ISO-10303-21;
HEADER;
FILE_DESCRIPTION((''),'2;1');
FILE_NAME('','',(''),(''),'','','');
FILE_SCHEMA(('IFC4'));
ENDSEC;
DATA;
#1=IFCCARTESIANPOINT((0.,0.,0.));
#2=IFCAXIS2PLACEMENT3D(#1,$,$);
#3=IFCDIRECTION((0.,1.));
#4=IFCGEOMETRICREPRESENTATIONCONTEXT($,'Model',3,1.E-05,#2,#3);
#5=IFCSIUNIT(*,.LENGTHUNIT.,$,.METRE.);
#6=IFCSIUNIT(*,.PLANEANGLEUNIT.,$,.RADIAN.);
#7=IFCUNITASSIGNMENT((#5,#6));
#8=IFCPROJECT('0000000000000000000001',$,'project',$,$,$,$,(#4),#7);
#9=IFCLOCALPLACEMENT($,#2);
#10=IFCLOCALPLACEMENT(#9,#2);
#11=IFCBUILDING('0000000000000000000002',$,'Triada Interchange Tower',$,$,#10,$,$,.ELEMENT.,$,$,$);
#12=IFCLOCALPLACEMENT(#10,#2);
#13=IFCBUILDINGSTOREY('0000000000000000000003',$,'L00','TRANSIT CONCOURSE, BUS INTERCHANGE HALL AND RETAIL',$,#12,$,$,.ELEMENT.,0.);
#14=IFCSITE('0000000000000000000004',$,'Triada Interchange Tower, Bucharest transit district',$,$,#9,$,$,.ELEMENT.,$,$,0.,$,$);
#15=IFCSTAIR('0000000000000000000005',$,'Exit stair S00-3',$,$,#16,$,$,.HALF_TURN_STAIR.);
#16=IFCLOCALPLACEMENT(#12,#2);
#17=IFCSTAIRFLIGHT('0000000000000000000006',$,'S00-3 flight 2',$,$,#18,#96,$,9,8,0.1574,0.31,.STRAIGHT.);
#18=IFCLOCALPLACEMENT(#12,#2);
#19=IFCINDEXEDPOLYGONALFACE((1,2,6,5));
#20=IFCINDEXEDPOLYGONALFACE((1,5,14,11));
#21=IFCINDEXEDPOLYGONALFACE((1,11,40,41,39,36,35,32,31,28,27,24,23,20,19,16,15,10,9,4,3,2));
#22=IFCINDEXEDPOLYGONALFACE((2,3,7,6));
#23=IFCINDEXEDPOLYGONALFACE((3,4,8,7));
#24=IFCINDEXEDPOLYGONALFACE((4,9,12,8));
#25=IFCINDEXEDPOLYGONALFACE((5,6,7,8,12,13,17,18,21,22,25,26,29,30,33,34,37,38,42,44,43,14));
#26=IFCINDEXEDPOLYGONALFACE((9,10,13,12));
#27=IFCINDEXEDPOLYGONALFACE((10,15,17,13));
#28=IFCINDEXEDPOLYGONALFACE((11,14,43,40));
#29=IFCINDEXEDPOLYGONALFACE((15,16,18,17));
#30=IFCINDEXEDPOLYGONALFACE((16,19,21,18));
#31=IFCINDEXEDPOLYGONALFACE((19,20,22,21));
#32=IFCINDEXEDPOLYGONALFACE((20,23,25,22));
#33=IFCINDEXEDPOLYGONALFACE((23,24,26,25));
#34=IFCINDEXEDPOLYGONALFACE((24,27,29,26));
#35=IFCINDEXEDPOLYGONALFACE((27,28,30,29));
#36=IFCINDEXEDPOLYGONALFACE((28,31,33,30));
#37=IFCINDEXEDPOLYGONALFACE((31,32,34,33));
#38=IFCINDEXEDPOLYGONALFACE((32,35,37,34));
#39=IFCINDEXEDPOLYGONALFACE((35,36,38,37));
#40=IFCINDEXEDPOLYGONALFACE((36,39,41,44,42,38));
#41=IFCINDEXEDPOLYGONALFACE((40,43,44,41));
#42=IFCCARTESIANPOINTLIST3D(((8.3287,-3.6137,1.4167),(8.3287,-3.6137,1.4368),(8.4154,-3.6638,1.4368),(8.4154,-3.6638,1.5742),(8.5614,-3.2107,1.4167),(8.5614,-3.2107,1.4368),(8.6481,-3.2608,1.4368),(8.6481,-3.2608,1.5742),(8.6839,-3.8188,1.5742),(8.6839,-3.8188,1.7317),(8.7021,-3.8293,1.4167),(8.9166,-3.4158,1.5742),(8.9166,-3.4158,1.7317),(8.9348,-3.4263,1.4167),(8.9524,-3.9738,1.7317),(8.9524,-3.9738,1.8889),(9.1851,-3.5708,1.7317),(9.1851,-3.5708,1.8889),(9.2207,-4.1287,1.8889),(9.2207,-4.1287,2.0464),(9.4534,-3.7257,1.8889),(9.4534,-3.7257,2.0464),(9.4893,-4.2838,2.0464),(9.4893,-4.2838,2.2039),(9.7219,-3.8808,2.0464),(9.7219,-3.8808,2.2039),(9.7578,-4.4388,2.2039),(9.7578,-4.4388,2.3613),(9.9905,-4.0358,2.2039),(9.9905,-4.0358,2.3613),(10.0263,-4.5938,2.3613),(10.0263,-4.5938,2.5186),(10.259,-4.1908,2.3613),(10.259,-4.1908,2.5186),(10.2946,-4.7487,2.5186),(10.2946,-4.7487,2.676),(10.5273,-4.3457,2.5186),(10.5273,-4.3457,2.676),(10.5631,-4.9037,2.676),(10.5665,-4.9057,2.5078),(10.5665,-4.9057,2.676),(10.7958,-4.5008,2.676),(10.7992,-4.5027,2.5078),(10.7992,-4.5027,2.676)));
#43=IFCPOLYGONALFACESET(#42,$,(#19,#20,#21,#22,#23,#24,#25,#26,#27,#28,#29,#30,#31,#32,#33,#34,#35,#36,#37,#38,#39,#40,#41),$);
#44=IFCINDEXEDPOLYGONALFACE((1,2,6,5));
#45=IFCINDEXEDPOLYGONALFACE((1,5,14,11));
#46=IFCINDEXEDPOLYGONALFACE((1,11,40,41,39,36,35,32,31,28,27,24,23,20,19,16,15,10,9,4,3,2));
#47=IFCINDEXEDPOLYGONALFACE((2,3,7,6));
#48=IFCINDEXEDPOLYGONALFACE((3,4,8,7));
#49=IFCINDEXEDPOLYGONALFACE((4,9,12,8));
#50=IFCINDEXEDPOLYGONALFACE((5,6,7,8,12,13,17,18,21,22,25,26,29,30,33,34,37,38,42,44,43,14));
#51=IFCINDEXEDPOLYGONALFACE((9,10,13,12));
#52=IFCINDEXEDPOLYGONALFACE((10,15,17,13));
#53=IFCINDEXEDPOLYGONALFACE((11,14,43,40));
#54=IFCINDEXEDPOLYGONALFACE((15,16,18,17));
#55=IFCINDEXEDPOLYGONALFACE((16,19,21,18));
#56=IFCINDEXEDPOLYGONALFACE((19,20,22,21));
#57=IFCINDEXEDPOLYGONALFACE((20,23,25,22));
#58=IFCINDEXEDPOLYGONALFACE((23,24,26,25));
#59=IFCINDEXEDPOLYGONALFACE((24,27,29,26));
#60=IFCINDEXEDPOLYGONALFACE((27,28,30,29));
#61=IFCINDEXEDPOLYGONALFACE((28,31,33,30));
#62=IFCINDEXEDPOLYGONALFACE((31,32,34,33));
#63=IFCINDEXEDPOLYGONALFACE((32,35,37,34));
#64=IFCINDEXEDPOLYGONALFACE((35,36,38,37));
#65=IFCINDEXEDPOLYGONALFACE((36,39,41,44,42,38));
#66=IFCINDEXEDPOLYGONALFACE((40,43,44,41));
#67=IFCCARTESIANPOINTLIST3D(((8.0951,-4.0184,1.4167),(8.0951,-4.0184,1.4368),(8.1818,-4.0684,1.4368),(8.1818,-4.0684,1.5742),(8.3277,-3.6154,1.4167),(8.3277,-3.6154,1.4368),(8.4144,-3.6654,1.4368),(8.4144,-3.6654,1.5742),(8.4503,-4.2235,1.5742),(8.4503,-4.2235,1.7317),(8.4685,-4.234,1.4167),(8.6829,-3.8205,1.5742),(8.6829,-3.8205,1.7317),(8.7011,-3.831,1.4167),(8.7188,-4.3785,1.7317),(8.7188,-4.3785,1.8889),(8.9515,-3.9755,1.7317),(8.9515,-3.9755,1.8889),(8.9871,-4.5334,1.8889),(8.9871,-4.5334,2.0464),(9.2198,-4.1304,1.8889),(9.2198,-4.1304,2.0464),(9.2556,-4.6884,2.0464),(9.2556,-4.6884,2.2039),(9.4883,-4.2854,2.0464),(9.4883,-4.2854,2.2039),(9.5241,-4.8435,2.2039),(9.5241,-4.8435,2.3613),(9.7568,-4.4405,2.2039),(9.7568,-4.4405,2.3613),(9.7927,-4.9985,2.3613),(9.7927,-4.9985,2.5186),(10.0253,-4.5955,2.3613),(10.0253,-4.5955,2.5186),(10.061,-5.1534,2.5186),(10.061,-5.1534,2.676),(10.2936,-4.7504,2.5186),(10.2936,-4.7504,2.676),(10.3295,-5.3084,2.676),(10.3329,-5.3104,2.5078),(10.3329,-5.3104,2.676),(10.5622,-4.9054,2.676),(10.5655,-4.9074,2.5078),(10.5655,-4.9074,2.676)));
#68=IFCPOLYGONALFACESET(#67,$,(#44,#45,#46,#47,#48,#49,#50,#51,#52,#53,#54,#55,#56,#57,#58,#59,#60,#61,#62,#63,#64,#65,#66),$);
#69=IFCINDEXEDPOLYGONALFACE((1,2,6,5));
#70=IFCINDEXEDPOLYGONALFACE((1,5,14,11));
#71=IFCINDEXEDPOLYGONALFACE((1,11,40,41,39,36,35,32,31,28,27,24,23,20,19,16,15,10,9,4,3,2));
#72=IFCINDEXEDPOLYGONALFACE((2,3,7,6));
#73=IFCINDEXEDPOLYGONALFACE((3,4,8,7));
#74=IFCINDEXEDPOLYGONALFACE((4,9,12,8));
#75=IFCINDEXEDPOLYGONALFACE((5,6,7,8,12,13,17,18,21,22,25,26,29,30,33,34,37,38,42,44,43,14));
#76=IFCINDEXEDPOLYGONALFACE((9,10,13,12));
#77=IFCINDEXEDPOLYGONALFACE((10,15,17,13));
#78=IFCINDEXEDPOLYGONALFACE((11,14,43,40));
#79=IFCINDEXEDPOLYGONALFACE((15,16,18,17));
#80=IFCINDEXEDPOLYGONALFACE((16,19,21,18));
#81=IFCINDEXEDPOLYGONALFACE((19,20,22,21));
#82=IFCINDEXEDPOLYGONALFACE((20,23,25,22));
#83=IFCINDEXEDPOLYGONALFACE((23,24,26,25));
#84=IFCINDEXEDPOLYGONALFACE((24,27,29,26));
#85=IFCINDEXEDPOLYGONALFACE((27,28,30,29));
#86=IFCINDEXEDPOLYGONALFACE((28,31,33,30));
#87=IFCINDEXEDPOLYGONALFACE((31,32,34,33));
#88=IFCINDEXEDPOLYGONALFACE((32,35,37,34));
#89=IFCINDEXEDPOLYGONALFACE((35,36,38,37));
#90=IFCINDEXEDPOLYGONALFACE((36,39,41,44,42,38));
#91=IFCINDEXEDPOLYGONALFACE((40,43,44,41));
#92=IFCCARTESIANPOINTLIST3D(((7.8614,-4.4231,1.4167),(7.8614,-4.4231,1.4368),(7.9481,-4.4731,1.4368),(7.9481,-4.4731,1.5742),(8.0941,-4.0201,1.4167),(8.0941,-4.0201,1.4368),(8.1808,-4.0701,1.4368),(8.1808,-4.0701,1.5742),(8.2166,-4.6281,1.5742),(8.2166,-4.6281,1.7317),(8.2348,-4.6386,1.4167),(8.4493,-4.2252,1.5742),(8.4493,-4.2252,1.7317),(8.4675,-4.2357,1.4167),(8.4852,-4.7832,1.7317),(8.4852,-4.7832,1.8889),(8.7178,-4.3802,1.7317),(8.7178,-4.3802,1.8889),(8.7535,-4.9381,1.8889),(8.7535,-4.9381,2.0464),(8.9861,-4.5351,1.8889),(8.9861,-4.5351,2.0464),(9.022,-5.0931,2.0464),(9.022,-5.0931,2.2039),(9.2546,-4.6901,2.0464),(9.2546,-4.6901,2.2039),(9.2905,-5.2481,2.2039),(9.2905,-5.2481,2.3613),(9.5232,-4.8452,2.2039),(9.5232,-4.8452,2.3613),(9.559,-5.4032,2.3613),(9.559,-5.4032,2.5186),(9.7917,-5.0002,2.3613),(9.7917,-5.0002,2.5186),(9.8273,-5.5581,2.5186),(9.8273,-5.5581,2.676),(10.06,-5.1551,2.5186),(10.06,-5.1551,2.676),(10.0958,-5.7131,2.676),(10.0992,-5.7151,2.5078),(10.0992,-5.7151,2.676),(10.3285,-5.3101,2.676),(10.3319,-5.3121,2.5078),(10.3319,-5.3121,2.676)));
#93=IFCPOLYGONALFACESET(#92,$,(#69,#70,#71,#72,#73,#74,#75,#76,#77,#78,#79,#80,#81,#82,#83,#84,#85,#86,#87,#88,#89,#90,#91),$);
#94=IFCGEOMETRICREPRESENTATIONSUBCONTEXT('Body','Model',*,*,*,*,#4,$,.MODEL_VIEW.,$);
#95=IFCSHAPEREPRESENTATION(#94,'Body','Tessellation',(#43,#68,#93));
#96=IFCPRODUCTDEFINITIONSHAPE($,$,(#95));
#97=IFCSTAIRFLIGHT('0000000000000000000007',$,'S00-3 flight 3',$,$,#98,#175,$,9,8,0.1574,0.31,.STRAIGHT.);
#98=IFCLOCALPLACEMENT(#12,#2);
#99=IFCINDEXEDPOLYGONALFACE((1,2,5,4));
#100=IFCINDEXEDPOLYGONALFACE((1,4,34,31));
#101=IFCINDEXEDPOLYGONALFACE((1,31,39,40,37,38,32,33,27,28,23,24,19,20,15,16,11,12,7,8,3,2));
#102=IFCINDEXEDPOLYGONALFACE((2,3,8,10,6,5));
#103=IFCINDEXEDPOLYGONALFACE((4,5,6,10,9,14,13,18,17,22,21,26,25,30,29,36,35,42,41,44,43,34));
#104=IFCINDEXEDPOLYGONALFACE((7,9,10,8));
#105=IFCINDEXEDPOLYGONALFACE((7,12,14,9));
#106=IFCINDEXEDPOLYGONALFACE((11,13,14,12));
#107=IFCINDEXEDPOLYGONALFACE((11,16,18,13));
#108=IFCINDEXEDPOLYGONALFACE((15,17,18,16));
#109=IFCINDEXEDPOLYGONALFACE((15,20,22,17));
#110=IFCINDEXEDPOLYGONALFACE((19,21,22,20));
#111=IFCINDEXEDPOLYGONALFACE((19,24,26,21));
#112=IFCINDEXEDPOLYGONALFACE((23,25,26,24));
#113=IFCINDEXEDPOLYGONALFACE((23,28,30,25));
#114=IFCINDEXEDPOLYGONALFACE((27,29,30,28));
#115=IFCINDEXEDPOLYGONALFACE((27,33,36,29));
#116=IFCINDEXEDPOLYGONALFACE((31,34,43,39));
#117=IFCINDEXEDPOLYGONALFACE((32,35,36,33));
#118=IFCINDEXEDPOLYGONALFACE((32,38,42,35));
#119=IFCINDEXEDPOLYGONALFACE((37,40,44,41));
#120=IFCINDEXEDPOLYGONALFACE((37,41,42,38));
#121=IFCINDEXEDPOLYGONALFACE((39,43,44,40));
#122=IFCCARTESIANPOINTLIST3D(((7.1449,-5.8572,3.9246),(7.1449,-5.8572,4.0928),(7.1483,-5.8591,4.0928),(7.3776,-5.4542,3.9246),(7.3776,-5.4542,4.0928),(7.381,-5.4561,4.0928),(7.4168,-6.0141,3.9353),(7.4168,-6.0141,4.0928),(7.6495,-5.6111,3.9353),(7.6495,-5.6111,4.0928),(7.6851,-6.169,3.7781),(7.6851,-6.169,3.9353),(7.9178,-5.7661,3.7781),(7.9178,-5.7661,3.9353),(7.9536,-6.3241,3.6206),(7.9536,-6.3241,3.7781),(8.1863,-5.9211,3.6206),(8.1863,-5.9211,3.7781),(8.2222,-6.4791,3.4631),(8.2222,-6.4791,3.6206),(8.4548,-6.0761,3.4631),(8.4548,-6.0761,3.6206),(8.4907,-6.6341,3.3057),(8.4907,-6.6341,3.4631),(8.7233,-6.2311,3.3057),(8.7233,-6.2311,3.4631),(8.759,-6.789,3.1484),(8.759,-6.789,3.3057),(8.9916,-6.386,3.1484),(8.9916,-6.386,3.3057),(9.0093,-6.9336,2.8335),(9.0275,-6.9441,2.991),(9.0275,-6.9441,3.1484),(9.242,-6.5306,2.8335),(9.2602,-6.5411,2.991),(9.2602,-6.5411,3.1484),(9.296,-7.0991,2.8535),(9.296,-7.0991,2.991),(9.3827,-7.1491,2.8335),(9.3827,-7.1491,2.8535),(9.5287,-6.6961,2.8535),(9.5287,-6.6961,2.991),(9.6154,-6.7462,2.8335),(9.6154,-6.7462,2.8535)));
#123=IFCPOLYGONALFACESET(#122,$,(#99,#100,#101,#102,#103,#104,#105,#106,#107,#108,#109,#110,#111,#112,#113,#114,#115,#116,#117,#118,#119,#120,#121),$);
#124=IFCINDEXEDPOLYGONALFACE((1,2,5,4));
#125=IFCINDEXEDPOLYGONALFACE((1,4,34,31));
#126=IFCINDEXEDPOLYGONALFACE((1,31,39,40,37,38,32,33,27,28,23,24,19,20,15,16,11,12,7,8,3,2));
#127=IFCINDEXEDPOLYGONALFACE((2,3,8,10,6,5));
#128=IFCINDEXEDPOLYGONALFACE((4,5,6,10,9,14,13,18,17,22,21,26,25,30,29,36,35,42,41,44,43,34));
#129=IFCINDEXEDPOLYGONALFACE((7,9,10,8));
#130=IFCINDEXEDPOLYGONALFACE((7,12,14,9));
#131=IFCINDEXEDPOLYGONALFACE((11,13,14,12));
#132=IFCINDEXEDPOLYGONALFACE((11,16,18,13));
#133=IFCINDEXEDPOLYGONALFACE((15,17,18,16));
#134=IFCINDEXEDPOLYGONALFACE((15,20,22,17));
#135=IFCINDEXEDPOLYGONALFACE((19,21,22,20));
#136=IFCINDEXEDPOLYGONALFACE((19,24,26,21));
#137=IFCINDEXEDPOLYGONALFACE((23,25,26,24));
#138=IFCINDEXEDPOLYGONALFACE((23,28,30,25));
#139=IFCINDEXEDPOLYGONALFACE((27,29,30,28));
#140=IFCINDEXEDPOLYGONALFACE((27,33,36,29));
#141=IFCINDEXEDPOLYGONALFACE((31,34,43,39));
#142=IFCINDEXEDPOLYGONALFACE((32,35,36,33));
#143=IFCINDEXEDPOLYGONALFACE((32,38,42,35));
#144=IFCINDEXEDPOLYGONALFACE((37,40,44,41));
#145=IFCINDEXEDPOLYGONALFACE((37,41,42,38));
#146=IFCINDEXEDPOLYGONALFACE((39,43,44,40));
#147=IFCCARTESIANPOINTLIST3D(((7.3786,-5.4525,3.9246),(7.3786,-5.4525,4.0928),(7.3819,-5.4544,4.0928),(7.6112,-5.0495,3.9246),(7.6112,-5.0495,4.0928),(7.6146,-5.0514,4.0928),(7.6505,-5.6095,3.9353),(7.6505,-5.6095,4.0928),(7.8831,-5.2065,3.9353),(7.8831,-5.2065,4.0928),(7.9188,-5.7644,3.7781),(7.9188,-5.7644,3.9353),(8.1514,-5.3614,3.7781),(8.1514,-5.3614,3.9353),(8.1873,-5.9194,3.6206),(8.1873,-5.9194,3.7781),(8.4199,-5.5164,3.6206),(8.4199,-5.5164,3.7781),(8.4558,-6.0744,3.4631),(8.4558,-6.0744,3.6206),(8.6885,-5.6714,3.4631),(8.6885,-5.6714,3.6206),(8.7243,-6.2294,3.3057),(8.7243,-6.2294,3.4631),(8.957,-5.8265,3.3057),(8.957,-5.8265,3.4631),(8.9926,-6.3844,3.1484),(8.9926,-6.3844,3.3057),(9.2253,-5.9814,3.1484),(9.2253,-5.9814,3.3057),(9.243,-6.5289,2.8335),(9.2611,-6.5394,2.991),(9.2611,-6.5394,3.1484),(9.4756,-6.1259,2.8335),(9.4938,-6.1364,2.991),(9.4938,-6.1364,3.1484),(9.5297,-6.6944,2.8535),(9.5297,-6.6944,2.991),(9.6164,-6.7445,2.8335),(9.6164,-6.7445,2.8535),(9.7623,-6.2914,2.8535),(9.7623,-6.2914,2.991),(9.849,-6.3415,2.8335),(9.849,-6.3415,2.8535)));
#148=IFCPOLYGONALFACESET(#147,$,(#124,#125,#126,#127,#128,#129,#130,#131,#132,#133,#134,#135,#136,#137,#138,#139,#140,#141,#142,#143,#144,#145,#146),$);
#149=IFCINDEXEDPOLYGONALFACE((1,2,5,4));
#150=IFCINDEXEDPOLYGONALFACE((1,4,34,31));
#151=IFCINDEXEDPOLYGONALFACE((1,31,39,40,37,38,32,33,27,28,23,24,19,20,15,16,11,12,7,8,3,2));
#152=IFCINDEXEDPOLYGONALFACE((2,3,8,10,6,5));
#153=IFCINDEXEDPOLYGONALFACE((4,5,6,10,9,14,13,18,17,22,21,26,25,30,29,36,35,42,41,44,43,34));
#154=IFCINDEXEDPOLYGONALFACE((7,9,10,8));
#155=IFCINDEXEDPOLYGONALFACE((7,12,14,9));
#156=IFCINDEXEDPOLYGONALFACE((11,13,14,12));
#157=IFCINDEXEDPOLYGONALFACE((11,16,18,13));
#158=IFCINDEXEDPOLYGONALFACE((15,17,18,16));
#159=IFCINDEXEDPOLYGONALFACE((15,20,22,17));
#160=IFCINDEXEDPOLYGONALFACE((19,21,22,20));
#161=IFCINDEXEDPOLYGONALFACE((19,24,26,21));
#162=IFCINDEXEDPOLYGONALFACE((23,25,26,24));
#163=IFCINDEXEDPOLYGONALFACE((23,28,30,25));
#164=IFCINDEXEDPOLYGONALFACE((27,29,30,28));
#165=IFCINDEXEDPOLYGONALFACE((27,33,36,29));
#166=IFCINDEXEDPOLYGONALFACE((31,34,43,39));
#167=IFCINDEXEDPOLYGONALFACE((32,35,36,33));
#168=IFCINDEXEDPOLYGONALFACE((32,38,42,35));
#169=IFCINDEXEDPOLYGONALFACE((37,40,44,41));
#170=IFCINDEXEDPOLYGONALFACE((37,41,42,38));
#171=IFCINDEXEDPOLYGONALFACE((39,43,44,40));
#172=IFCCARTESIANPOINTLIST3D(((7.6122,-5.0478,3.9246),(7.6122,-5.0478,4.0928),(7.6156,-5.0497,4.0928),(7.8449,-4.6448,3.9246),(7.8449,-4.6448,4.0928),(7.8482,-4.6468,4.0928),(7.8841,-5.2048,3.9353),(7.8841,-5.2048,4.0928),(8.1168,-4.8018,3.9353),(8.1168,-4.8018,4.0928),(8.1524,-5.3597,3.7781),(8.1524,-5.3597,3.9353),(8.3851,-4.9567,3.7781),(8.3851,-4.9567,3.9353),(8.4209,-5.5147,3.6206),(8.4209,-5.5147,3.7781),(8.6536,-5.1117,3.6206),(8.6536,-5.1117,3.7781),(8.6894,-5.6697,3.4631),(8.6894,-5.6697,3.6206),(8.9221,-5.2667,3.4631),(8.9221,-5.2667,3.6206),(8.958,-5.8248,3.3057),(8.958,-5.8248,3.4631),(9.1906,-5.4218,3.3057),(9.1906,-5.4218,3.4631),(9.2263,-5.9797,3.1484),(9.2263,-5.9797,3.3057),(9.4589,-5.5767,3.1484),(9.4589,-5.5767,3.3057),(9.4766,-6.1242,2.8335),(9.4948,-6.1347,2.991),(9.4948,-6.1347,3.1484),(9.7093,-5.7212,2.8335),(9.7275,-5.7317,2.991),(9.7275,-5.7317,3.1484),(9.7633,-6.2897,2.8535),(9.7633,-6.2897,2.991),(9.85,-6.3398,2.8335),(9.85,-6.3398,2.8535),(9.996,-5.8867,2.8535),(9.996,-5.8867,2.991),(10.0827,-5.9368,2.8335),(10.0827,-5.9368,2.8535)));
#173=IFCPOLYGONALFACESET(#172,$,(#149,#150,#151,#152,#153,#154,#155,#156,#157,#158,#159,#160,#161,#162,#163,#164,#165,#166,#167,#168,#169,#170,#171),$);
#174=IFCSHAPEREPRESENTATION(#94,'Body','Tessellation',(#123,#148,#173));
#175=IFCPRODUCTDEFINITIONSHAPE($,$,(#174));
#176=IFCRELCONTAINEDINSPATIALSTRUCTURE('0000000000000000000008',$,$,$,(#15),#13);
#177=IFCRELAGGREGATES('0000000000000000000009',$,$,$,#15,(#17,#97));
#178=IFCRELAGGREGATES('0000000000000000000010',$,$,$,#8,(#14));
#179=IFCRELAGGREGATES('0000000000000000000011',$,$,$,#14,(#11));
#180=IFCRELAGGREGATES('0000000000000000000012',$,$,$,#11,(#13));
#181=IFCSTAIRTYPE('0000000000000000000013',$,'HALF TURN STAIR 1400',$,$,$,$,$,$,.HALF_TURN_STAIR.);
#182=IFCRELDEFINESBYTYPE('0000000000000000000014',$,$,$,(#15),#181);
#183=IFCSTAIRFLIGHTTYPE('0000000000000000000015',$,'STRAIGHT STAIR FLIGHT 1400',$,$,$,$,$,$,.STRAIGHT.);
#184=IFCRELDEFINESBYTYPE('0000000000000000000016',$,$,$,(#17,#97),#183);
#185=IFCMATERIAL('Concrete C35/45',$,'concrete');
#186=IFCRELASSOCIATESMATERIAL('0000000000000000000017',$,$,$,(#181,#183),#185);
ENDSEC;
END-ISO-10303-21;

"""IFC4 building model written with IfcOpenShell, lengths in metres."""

from ifc_helpers import new_model, si_unit, direction, frame, origin, place, context, subcontext, project, spatial, polyline, outline, extrude, material, type_object, element, aggregate, save


model = new_model("IFC4")

# Units and contexts
model_context = context("Model", 3, precision=1e-05, world=origin(), true_north=direction((0.0, 1.0)))
body_context = subcontext(model_context, "Body", "Model", "MODEL_VIEW")
ifc_project = project(units=[si_unit("LENGTHUNIT", "METRE"), si_unit("PLANEANGLEUNIT", "RADIAN")], contexts=[model_context])

# Site, building, storey
site_placement = place(None, origin())
site = spatial("IfcSite", under=ifc_project, at=site_placement, Name="Triada Interchange Tower, Bucharest transit district", CompositionType="ELEMENT", RefElevation=0.0)
building_placement = place(site_placement, origin())
building = spatial("IfcBuilding", under=site, at=building_placement, Name="Triada Interchange Tower", CompositionType="ELEMENT")
storey_placement = place(building_placement, origin())
storey = spatial("IfcBuildingStorey", under=building, at=storey_placement, Name="L00", Description="TRANSIT CONCOURSE, BUS INTERCHANGE HALL AND RETAIL", CompositionType="ELEMENT", Elevation=0.0)

# Shared definitions
ifc_material_1 = material(Name="Concrete C35/45", Category="concrete")

# Stair, stair flights
stair_type = type_object("IfcStairType", Name="HALF TURN STAIR 1400", PredefinedType="HALF_TURN_STAIR", material=ifc_material_1)
stair_placement = place(storey_placement, origin())
stair = element("IfcStair", 1, at=stair_placement, inside=storey, type_object=stair_type, Name="Exit stair S00-3", PredefinedType="HALF_TURN_STAIR")
stair_flight_type = type_object("IfcStairFlightType", Name="STRAIGHT STAIR FLIGHT 1400", PredefinedType="STRAIGHT", material=ifc_material_1)
stair_flight_1_placement = place(storey_placement, frame((8.2981, -3.8669, 1.4167), z_axis=(0.0, 0.0, 1.0), x_axis=(0.866025, -0.5, 0.0)))
stair_flight_1 = element("IfcStairFlight", 2, at=stair_flight_1_placement, type_object=stair_flight_type, Name="S00-3 flight 2", NumberOfRisers=9, NumberOfTreads=8, PredefinedType="STRAIGHT", RiserHeight=0.1574, TreadLength=0.31, context=body_context, shape_type="SweptSolid", body=[
    extrude(outline(polyline([(-0.1001, 0.0), (-0.1001, 0.02), (0.0, 0.02), (0.0, 0.1575), (0.3101, 0.1575), (0.3101, 0.3149), (0.6201, 0.3149), (0.6201, 0.4722), (0.9299, 0.4722), (0.9299, 0.6296), (1.24, 0.6296), (1.24, 0.7871), (1.55, 0.7871), (1.55, 0.9446), (1.8601, 0.9446), (1.8601, 1.1018), (2.1699, 1.1018), (2.1699, 1.2593), (2.48, 1.2593), (2.4839, 1.2593), (2.4839, 1.4167), (2.4839, 1.0911), (0.3311, 0.0), (-0.1001, 0.0)])), frame((0.0, 0.7, 0.0), z_axis=(0.0, -1.0, 0.0), x_axis=(1.0, 0.0, 0.0)), (0.0, 0.0, 1.0), 0.4653),
    extrude(outline(polyline([(-0.1001, 0.0), (-0.1001, 0.02), (0.0, 0.02), (0.0, 0.1575), (0.3101, 0.1575), (0.3101, 0.3149), (0.6201, 0.3149), (0.6201, 0.4722), (0.9299, 0.4722), (0.9299, 0.6296), (1.24, 0.6296), (1.24, 0.7871), (1.55, 0.7871), (1.55, 0.9446), (1.8601, 0.9446), (1.8601, 1.1018), (2.1699, 1.1018), (2.1699, 1.2593), (2.48, 1.2593), (2.4839, 1.2593), (2.4839, 1.4167), (2.4839, 1.0911), (0.3311, 0.0), (-0.1001, 0.0)])), frame((0.0, 0.2327, 0.0), z_axis=(0.0, -1.0, 0.0), x_axis=(1.0, 0.0, 0.0)), (0.0, 0.0, 1.0), 0.4653),
    extrude(outline(polyline([(-0.1001, 0.0), (-0.1001, 0.02), (0.0, 0.02), (0.0, 0.1575), (0.3101, 0.1575), (0.3101, 0.3149), (0.6201, 0.3149), (0.6201, 0.4722), (0.9299, 0.4722), (0.9299, 0.6296), (1.24, 0.6296), (1.24, 0.7871), (1.55, 0.7871), (1.55, 0.9446), (1.8601, 0.9446), (1.8601, 1.1018), (2.1699, 1.1018), (2.1699, 1.2593), (2.48, 1.2593), (2.4839, 1.2593), (2.4839, 1.4167), (2.4839, 1.0911), (0.3311, 0.0), (-0.1001, 0.0)])), frame((0.0, -0.2346, 0.0), z_axis=(0.0, -1.0, 0.0), x_axis=(1.0, 0.0, 0.0)), (0.0, 0.0, 1.0), 0.4653),
])
stair_flight_2_placement = place(storey_placement, frame((9.646, -6.4929, 2.8335), z_axis=(0.0, 0.0, 1.0), x_axis=(-0.866025, 0.5, 0.0)))
stair_flight_2 = element("IfcStairFlight", 3, at=stair_flight_2_placement, type_object=stair_flight_type, Name="S00-3 flight 3", NumberOfRisers=9, NumberOfTreads=8, PredefinedType="STRAIGHT", RiserHeight=0.1574, TreadLength=0.31, context=body_context, shape_type="SweptSolid", body=[
    extrude(outline(polyline([(-0.1001, 0.0), (-0.1001, 0.02), (0.0, 0.02), (0.0, 0.1575), (0.3101, 0.1575), (0.3101, 0.3149), (0.6201, 0.3149), (0.6201, 0.4722), (0.9299, 0.4722), (0.9299, 0.6296), (1.24, 0.6296), (1.24, 0.7871), (1.55, 0.7871), (1.55, 0.9446), (1.8601, 0.9446), (1.8601, 1.1018), (2.1699, 1.1018), (2.1699, 1.2593), (2.48, 1.2593), (2.4839, 1.2593), (2.4839, 1.4167), (2.4839, 1.0911), (0.3311, 0.0), (-0.1001, 0.0)])), frame((0.0, 0.7, 0.0), z_axis=(0.0, -1.0, 0.0), x_axis=(1.0, 0.0, 0.0)), (0.0, 0.0, 1.0), 0.4653),
    extrude(outline(polyline([(-0.1001, 0.0), (-0.1001, 0.02), (0.0, 0.02), (0.0, 0.1575), (0.3101, 0.1575), (0.3101, 0.3149), (0.6201, 0.3149), (0.6201, 0.4722), (0.9299, 0.4722), (0.9299, 0.6296), (1.24, 0.6296), (1.24, 0.7871), (1.55, 0.7871), (1.55, 0.9446), (1.8601, 0.9446), (1.8601, 1.1018), (2.1699, 1.1018), (2.1699, 1.2593), (2.48, 1.2593), (2.4839, 1.2593), (2.4839, 1.4167), (2.4839, 1.0911), (0.3311, 0.0), (-0.1001, 0.0)])), frame((0.0, 0.2327, 0.0), z_axis=(0.0, -1.0, 0.0), x_axis=(1.0, 0.0, 0.0)), (0.0, 0.0, 1.0), 0.4653),
    extrude(outline(polyline([(-0.1001, 0.0), (-0.1001, 0.02), (0.0, 0.02), (0.0, 0.1575), (0.3101, 0.1575), (0.3101, 0.3149), (0.6201, 0.3149), (0.6201, 0.4722), (0.9299, 0.4722), (0.9299, 0.6296), (1.24, 0.6296), (1.24, 0.7871), (1.55, 0.7871), (1.55, 0.9446), (1.8601, 0.9446), (1.8601, 1.1018), (2.1699, 1.1018), (2.1699, 1.2593), (2.48, 1.2593), (2.4839, 1.2593), (2.4839, 1.4167), (2.4839, 1.0911), (0.3311, 0.0), (-0.1001, 0.0)])), frame((0.0, -0.2346, 0.0), z_axis=(0.0, -1.0, 0.0), x_axis=(1.0, 0.0, 0.0)), (0.0, 0.0, 1.0), 0.4653),
])
aggregate(stair, [stair_flight_1, stair_flight_2])

save(model, "model.ifc")
